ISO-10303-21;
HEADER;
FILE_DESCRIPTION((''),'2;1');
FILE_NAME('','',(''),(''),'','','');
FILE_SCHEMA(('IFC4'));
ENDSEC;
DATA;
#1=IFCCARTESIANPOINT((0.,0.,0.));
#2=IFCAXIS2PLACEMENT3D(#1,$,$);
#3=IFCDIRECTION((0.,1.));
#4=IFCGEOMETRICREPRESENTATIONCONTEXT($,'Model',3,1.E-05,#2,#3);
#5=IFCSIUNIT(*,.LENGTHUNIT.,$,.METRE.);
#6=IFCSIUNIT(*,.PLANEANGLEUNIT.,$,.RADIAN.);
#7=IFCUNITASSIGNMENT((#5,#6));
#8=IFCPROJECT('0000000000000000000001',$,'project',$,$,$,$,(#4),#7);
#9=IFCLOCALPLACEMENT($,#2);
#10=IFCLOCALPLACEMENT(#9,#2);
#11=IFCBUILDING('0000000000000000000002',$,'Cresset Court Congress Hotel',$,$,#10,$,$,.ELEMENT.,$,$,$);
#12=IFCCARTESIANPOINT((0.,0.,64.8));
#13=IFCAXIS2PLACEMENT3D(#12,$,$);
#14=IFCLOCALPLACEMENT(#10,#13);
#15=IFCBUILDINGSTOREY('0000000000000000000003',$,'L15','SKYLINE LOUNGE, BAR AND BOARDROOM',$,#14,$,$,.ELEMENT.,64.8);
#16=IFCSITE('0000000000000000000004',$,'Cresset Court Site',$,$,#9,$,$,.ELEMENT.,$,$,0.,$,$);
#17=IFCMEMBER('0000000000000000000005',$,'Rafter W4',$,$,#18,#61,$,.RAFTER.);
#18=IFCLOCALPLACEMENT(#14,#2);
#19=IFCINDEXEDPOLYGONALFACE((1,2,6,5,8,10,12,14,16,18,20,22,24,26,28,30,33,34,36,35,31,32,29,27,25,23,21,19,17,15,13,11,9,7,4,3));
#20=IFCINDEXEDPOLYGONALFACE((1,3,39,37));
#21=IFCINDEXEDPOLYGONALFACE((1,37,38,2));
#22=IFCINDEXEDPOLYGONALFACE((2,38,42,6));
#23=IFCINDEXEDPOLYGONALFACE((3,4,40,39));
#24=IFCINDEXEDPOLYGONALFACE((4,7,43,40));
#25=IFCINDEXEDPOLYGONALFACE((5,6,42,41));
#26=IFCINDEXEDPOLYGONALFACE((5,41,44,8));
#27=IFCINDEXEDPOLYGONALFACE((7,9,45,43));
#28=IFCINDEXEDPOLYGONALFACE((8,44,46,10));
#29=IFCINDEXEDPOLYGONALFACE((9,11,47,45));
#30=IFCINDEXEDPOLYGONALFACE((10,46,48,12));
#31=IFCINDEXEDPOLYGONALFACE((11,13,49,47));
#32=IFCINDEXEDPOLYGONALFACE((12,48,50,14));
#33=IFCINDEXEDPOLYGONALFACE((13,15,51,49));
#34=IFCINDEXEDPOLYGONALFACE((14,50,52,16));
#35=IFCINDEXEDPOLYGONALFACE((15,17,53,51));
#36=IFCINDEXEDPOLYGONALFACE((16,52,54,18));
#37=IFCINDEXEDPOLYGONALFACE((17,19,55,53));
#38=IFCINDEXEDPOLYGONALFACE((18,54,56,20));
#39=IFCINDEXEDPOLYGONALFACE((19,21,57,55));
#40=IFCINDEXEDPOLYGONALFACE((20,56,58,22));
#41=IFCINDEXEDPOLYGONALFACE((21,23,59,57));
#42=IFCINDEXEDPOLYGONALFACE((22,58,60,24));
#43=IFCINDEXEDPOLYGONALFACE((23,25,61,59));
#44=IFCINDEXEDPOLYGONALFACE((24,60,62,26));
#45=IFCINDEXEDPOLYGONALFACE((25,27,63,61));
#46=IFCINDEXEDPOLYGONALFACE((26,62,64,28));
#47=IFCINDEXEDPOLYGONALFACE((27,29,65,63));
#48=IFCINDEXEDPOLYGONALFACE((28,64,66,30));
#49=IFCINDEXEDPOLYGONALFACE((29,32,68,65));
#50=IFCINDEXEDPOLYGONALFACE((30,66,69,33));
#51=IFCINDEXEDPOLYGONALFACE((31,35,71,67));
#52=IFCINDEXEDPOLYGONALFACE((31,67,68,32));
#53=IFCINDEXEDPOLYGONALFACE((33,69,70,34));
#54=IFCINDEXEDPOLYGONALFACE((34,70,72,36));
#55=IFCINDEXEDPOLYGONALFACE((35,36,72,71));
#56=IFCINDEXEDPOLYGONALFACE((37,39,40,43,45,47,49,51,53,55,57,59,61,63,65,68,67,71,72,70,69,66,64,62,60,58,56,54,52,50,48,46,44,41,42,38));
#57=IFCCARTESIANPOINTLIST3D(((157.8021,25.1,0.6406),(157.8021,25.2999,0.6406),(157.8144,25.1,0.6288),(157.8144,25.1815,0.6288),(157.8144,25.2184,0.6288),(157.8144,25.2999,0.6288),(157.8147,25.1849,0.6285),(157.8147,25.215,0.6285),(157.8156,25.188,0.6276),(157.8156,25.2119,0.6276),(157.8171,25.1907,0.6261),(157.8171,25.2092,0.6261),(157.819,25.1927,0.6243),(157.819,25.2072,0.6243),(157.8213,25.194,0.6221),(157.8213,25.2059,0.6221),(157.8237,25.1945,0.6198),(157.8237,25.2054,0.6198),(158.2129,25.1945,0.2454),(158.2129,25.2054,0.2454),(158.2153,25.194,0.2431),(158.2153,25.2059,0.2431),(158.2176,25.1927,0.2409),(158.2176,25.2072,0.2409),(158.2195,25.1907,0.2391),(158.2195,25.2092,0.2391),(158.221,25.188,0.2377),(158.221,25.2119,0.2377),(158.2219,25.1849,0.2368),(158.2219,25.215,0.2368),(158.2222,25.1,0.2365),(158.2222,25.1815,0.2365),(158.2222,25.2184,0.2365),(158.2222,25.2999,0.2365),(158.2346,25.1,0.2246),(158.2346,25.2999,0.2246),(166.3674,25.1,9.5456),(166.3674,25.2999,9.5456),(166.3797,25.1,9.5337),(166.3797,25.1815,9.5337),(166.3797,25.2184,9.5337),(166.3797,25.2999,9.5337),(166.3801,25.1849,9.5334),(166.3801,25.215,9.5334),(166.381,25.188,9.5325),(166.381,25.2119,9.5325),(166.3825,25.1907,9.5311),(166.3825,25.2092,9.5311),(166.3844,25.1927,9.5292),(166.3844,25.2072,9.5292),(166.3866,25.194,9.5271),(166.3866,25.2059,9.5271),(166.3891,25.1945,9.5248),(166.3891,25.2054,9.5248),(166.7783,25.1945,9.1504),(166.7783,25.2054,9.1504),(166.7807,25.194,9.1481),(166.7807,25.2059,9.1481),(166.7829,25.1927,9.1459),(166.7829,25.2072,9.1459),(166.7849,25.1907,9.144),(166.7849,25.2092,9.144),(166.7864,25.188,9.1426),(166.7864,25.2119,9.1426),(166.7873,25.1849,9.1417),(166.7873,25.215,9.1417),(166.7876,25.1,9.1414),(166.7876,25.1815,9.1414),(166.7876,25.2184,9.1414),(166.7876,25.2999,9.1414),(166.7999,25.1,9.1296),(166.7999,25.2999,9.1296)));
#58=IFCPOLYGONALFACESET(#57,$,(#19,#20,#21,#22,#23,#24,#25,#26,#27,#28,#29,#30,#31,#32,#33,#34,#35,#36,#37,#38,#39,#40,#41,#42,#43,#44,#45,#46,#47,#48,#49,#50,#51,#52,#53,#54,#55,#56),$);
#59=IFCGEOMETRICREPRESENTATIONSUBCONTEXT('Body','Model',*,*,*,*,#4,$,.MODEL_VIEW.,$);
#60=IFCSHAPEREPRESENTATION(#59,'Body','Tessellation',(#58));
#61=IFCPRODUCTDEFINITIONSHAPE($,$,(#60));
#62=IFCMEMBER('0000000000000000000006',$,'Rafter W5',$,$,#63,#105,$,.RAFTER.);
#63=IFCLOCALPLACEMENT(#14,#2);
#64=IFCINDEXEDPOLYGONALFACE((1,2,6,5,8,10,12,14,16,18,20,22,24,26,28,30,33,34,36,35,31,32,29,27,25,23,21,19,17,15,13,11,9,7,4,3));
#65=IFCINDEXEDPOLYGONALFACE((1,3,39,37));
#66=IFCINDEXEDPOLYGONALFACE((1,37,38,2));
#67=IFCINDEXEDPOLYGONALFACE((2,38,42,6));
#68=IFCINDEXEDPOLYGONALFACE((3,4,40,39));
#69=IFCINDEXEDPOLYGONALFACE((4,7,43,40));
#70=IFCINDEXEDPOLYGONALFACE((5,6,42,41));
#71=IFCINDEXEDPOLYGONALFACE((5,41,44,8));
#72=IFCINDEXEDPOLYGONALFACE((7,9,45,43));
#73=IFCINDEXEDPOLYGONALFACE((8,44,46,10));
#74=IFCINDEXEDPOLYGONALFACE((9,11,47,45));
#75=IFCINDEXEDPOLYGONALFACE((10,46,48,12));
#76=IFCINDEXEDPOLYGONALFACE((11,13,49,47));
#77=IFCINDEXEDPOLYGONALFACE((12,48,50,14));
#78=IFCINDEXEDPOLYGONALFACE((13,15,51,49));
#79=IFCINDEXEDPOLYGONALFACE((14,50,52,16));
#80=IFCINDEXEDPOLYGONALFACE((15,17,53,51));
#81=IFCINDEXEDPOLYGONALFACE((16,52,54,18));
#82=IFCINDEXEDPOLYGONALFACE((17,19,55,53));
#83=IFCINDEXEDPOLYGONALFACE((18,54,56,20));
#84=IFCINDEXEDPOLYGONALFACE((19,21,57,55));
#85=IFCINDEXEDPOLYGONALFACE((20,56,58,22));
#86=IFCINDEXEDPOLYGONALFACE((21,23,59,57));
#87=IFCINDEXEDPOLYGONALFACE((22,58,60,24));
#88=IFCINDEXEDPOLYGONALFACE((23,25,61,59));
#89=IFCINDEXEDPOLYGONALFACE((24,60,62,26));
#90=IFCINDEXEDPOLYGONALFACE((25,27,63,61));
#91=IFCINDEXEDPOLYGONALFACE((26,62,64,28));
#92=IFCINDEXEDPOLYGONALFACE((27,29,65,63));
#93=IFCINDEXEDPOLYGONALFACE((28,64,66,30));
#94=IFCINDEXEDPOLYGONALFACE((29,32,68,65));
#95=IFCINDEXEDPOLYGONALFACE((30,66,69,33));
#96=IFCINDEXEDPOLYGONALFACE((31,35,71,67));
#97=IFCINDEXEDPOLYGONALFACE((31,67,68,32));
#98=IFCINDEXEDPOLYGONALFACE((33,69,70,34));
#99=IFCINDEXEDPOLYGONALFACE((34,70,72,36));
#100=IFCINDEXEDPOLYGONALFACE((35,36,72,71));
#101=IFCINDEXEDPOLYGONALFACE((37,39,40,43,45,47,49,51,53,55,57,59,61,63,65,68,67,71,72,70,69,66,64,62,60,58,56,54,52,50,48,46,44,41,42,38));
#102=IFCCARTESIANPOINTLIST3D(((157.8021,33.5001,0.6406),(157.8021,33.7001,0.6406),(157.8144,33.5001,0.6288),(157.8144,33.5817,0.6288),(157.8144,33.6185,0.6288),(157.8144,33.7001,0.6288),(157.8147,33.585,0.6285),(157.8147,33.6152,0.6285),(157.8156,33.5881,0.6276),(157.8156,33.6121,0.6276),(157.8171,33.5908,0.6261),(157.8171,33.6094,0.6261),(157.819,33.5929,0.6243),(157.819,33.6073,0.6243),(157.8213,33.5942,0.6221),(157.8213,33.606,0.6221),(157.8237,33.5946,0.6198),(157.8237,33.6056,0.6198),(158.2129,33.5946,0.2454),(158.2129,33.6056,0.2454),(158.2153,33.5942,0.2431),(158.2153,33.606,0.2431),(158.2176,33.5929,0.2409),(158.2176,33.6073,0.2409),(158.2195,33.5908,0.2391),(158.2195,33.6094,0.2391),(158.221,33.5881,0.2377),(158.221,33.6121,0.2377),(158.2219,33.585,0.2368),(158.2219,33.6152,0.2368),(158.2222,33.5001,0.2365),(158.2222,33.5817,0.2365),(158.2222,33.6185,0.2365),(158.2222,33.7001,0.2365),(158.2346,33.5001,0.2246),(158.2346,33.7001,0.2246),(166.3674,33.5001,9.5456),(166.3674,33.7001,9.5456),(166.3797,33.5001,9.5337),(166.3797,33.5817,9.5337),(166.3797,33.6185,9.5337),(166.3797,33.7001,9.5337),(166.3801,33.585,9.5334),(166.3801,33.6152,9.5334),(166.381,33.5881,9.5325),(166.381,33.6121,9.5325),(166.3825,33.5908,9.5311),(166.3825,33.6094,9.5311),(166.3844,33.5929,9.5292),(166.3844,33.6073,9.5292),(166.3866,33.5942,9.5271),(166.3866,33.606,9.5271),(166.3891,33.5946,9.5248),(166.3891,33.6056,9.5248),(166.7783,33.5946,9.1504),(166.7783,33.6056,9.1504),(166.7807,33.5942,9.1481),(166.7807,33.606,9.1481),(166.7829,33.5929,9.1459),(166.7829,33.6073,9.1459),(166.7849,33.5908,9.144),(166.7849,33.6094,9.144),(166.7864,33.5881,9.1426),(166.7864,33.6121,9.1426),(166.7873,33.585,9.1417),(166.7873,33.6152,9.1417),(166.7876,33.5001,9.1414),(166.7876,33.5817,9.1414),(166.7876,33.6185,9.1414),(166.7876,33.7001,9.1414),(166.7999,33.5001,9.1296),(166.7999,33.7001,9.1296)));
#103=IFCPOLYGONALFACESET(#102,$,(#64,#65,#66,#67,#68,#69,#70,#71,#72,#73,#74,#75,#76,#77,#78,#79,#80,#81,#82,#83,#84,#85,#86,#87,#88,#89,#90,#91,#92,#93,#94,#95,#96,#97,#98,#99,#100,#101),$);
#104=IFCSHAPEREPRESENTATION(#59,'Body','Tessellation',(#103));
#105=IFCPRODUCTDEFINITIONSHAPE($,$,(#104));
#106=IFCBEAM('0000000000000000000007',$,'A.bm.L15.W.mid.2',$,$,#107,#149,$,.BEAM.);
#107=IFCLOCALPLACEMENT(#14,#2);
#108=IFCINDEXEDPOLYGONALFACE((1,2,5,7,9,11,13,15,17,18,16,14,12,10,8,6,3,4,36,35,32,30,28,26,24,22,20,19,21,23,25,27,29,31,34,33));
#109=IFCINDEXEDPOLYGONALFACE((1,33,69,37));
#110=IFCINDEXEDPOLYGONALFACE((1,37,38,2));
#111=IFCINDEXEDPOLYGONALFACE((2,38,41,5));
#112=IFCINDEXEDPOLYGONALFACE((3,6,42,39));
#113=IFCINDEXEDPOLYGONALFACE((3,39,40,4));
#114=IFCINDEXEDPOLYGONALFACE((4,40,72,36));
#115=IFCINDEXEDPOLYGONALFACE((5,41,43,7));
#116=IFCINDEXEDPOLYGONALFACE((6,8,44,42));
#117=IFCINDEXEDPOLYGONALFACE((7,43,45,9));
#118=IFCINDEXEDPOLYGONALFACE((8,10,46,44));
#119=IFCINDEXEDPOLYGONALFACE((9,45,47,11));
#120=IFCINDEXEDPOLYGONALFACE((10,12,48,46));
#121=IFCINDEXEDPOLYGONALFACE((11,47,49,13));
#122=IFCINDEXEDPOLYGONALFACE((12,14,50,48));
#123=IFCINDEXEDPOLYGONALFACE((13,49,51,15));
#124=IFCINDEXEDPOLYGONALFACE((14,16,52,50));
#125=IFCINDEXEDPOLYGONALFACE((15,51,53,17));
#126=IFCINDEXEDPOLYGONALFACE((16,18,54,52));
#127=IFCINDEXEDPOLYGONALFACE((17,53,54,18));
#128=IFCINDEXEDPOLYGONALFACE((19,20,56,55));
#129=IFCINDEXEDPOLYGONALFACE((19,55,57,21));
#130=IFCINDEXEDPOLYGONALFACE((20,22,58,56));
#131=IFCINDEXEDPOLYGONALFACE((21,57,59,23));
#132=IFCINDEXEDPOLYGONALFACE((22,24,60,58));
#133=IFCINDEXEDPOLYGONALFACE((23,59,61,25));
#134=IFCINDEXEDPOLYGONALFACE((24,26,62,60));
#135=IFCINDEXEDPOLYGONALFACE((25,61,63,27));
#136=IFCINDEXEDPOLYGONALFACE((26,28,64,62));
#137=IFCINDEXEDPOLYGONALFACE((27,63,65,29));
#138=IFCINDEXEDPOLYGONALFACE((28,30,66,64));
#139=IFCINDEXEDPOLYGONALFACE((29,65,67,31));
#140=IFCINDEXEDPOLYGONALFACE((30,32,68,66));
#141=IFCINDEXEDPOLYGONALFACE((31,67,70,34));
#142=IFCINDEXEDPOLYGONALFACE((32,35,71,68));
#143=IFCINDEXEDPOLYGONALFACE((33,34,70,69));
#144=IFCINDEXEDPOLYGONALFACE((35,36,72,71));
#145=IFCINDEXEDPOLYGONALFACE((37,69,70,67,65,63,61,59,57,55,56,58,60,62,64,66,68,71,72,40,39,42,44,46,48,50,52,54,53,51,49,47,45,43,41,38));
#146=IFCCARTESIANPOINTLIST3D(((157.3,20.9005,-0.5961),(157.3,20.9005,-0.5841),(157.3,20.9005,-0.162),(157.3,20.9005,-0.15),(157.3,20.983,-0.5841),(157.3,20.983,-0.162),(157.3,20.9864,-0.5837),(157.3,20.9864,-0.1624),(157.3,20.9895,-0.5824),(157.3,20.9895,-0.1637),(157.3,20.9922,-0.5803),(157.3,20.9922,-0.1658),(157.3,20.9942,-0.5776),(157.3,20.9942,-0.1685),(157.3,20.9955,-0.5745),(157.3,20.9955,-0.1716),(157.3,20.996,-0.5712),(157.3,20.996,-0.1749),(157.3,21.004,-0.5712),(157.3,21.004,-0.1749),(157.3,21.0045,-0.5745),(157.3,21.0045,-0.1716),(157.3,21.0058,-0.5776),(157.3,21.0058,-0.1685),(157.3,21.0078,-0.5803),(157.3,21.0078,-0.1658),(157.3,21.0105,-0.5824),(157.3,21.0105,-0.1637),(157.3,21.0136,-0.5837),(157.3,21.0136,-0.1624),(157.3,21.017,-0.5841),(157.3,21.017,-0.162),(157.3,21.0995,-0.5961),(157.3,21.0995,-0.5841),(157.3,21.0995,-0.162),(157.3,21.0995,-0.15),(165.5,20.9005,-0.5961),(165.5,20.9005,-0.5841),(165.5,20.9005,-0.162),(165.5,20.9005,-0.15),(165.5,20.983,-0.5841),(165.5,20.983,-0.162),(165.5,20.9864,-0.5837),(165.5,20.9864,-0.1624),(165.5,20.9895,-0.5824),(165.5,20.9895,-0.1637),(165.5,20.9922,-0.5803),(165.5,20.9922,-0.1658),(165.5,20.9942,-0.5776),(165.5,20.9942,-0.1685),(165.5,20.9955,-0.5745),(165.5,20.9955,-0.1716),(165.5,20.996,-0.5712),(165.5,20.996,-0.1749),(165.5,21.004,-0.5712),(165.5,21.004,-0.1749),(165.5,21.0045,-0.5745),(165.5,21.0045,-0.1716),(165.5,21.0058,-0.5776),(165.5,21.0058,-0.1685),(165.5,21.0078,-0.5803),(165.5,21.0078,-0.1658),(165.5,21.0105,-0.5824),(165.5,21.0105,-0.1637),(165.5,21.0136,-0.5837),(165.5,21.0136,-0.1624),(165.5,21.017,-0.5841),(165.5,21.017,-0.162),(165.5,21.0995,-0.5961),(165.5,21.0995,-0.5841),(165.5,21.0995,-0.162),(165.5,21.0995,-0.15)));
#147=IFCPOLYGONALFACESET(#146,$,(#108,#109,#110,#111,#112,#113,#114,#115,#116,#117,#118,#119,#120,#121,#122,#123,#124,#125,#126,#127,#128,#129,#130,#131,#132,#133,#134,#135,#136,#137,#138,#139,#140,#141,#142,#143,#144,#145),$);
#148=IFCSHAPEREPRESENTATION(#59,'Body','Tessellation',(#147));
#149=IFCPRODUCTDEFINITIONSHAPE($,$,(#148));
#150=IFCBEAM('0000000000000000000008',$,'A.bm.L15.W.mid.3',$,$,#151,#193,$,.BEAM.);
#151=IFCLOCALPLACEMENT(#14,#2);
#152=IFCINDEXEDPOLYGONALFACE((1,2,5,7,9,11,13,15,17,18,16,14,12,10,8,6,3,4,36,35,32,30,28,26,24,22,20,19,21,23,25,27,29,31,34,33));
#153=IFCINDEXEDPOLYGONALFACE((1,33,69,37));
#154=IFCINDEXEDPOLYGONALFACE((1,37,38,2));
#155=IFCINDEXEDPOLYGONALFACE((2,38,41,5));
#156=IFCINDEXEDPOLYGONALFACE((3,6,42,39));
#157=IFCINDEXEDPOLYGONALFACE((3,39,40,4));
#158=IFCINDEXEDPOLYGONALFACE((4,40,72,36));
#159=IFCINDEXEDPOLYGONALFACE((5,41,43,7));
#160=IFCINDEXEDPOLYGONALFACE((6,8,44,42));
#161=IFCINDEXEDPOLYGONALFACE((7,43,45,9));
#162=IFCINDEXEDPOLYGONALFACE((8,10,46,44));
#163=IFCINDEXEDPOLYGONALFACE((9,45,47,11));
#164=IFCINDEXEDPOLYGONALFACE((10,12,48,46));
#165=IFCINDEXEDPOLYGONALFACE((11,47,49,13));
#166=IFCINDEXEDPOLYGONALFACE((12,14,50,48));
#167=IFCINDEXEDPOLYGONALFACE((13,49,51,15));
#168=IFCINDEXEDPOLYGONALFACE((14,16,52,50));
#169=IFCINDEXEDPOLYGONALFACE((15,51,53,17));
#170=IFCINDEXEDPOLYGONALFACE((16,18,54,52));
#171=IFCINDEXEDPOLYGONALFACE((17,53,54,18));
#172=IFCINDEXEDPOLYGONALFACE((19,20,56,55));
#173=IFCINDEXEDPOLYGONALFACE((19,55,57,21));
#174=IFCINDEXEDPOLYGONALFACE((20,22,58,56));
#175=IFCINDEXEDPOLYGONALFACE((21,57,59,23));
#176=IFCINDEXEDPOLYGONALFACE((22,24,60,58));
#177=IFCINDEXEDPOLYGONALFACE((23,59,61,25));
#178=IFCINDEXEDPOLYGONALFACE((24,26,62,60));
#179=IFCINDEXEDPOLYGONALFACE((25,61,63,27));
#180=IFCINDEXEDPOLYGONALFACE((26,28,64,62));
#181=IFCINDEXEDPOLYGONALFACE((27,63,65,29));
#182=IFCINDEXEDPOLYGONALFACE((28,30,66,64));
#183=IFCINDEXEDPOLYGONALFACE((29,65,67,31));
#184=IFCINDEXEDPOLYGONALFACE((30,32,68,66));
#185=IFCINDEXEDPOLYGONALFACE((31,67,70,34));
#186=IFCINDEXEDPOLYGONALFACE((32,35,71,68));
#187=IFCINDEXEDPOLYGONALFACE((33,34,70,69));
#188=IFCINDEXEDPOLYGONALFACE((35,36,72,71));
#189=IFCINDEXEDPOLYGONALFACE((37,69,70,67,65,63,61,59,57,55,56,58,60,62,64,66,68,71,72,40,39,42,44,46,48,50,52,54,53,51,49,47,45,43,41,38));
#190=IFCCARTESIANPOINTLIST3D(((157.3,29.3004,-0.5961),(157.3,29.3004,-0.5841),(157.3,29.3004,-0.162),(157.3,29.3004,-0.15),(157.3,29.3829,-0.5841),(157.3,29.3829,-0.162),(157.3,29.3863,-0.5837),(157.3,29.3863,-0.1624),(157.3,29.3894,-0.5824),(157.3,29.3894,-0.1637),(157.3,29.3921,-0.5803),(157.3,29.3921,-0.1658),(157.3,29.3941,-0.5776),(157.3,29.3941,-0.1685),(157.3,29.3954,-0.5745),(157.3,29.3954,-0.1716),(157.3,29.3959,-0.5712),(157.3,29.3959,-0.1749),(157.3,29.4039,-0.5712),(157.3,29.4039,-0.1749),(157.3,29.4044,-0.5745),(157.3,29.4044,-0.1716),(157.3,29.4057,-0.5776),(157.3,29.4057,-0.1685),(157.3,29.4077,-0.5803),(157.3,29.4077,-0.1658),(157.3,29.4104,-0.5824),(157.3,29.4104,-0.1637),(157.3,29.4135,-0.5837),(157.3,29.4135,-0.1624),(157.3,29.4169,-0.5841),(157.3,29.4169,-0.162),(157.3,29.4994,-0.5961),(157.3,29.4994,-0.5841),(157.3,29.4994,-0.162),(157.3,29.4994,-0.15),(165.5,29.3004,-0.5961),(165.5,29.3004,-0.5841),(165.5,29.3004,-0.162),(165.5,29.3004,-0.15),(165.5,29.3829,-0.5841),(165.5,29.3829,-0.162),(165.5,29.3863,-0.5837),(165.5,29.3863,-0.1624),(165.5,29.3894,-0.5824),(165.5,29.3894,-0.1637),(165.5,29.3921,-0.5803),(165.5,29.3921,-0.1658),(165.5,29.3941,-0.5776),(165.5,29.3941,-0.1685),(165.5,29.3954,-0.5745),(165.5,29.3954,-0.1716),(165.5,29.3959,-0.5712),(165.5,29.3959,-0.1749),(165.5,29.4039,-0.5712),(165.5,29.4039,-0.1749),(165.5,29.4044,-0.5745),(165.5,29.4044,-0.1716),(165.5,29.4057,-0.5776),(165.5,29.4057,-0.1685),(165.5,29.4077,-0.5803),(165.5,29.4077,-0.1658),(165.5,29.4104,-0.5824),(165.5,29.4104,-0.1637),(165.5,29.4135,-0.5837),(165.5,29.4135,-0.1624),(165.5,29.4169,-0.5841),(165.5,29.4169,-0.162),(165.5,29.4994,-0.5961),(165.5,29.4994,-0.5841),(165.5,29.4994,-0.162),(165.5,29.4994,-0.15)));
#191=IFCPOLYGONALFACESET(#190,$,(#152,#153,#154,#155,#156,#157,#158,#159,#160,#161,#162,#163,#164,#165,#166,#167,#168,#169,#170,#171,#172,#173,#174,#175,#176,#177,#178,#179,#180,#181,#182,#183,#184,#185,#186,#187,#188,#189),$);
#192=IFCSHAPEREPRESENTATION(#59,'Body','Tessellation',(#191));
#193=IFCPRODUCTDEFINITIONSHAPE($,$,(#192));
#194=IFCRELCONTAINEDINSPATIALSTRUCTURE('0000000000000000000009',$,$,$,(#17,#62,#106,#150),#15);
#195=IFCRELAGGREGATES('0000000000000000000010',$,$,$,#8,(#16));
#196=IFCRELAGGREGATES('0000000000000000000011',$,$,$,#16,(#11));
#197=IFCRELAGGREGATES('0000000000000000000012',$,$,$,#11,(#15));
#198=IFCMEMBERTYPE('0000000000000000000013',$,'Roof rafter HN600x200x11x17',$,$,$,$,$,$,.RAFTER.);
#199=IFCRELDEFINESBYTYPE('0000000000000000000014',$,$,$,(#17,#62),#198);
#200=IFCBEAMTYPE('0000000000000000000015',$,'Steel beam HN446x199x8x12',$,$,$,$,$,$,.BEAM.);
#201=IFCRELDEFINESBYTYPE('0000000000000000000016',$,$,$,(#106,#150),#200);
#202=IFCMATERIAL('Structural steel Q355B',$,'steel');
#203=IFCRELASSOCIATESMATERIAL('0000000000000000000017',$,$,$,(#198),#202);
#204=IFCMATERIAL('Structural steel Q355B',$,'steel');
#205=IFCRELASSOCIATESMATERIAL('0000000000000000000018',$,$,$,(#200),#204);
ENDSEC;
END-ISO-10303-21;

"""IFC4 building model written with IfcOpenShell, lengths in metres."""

from ifc_helpers import new_model, si_unit, direction, frame, origin, origin_2d, place, context, subcontext, project, spatial, i_section, extrude, material, material_profile, profile_set, type_object, element, save


model = new_model("IFC4")

# Units and contexts
model_context = context("Model", 3, precision=1e-05, world=origin(), true_north=direction((0.0, 1.0)))
body_context = subcontext(model_context, "Body", "Model", "MODEL_VIEW")
ifc_project = project(units=[si_unit("LENGTHUNIT", "METRE"), si_unit("PLANEANGLEUNIT", "RADIAN")], contexts=[model_context])

# Site, building, storey
site_placement = place(None, origin())
site = spatial("IfcSite", under=ifc_project, at=site_placement, Name="Cresset Court Site", CompositionType="ELEMENT", RefElevation=0.0)
building_placement = place(site_placement, origin())
building = spatial("IfcBuilding", under=site, at=building_placement, Name="Cresset Court Congress Hotel", CompositionType="ELEMENT")
storey_placement = place(building_placement, frame((0.0, 0.0, 64.8)))
storey = spatial("IfcBuildingStorey", under=building, at=storey_placement, Name="L15", Description="SKYLINE LOUNGE, BAR AND BOARDROOM", CompositionType="ELEMENT", Elevation=64.8)

# Members
ifc_material_1 = material(Name="Structural steel Q355B", Category="steel")
ifc_material_profile_1 = material_profile(ifc_material_1, i_section(OverallWidth=0.2, OverallDepth=0.6001, WebThickness=0.011, FlangeThickness=0.0171, FilletRadius=0.0129, at=origin_2d()), Name="HN600x200x11x17")
ifc_profile_set_1 = profile_set([ifc_material_profile_1], Name="Structural steel Q355B")
member_type_1 = type_object("IfcMemberType", Name="Roof rafter HN600x200x11x17", PredefinedType="RAFTER", material=ifc_profile_set_1)
for number, where, z_axis, x_axis, name in (
    (1, (158.0183, 25.2, 0.4326), (0.693231, 0.0, 0.720716), (0.0, 1.0, 0.0), "Rafter W4"),
    (2, (158.0183, 33.6001, 0.4326), (0.693231, 0.0, 0.720716), (0.0, 1.0, 0.0), "Rafter W5"),
):
    element("IfcMember", number, at=place(storey_placement, frame(where, z_axis=z_axis, x_axis=x_axis)), inside=storey, type_object=member_type_1, Name=name, PredefinedType="RAFTER", context=body_context, shape_type="SweptSolid", body=[
        extrude(i_section(OverallWidth=0.2, OverallDepth=0.6001, WebThickness=0.011, FlangeThickness=0.0171, FilletRadius=0.0129, at=origin_2d()), origin(), (0.0, 0.0, 1.0), 12.3557),
    ])

# Beams
ifc_material_2 = material(Name="Structural steel Q355B", Category="steel")
ifc_material_profile_2 = material_profile(ifc_material_2, i_section(OverallWidth=0.199, OverallDepth=0.446, WebThickness=0.0081, FlangeThickness=0.012, FilletRadius=0.0129, at=origin_2d()), Name="HN446x199x8x12")
ifc_profile_set_2 = profile_set([ifc_material_profile_2], Name="Structural steel Q355B")
beam_type_1 = type_object("IfcBeamType", Name="Steel beam HN446x199x8x12", PredefinedType="BEAM", material=ifc_profile_set_2)
for number, where, z_axis, x_axis, name in (
    (3, (157.3, 21.0, -0.373), (1.0, 0.0, 0.0), (0.0, 1.0, 0.0), "A.bm.L15.W.mid.2"),
    (4, (157.3, 29.3999, -0.373), (1.0, 0.0, 0.0), (0.0, 1.0, 0.0), "A.bm.L15.W.mid.3"),
):
    element("IfcBeam", number, at=place(storey_placement, frame(where, z_axis=z_axis, x_axis=x_axis)), inside=storey, type_object=beam_type_1, Name=name, PredefinedType="BEAM", context=body_context, shape_type="SweptSolid", body=[
        extrude(i_section(OverallWidth=0.199, OverallDepth=0.446, WebThickness=0.0081, FlangeThickness=0.012, FilletRadius=0.0129, at=origin_2d()), origin(), (0.0, 0.0, 1.0), 8.2),
    ])

save(model, "model.ifc")
